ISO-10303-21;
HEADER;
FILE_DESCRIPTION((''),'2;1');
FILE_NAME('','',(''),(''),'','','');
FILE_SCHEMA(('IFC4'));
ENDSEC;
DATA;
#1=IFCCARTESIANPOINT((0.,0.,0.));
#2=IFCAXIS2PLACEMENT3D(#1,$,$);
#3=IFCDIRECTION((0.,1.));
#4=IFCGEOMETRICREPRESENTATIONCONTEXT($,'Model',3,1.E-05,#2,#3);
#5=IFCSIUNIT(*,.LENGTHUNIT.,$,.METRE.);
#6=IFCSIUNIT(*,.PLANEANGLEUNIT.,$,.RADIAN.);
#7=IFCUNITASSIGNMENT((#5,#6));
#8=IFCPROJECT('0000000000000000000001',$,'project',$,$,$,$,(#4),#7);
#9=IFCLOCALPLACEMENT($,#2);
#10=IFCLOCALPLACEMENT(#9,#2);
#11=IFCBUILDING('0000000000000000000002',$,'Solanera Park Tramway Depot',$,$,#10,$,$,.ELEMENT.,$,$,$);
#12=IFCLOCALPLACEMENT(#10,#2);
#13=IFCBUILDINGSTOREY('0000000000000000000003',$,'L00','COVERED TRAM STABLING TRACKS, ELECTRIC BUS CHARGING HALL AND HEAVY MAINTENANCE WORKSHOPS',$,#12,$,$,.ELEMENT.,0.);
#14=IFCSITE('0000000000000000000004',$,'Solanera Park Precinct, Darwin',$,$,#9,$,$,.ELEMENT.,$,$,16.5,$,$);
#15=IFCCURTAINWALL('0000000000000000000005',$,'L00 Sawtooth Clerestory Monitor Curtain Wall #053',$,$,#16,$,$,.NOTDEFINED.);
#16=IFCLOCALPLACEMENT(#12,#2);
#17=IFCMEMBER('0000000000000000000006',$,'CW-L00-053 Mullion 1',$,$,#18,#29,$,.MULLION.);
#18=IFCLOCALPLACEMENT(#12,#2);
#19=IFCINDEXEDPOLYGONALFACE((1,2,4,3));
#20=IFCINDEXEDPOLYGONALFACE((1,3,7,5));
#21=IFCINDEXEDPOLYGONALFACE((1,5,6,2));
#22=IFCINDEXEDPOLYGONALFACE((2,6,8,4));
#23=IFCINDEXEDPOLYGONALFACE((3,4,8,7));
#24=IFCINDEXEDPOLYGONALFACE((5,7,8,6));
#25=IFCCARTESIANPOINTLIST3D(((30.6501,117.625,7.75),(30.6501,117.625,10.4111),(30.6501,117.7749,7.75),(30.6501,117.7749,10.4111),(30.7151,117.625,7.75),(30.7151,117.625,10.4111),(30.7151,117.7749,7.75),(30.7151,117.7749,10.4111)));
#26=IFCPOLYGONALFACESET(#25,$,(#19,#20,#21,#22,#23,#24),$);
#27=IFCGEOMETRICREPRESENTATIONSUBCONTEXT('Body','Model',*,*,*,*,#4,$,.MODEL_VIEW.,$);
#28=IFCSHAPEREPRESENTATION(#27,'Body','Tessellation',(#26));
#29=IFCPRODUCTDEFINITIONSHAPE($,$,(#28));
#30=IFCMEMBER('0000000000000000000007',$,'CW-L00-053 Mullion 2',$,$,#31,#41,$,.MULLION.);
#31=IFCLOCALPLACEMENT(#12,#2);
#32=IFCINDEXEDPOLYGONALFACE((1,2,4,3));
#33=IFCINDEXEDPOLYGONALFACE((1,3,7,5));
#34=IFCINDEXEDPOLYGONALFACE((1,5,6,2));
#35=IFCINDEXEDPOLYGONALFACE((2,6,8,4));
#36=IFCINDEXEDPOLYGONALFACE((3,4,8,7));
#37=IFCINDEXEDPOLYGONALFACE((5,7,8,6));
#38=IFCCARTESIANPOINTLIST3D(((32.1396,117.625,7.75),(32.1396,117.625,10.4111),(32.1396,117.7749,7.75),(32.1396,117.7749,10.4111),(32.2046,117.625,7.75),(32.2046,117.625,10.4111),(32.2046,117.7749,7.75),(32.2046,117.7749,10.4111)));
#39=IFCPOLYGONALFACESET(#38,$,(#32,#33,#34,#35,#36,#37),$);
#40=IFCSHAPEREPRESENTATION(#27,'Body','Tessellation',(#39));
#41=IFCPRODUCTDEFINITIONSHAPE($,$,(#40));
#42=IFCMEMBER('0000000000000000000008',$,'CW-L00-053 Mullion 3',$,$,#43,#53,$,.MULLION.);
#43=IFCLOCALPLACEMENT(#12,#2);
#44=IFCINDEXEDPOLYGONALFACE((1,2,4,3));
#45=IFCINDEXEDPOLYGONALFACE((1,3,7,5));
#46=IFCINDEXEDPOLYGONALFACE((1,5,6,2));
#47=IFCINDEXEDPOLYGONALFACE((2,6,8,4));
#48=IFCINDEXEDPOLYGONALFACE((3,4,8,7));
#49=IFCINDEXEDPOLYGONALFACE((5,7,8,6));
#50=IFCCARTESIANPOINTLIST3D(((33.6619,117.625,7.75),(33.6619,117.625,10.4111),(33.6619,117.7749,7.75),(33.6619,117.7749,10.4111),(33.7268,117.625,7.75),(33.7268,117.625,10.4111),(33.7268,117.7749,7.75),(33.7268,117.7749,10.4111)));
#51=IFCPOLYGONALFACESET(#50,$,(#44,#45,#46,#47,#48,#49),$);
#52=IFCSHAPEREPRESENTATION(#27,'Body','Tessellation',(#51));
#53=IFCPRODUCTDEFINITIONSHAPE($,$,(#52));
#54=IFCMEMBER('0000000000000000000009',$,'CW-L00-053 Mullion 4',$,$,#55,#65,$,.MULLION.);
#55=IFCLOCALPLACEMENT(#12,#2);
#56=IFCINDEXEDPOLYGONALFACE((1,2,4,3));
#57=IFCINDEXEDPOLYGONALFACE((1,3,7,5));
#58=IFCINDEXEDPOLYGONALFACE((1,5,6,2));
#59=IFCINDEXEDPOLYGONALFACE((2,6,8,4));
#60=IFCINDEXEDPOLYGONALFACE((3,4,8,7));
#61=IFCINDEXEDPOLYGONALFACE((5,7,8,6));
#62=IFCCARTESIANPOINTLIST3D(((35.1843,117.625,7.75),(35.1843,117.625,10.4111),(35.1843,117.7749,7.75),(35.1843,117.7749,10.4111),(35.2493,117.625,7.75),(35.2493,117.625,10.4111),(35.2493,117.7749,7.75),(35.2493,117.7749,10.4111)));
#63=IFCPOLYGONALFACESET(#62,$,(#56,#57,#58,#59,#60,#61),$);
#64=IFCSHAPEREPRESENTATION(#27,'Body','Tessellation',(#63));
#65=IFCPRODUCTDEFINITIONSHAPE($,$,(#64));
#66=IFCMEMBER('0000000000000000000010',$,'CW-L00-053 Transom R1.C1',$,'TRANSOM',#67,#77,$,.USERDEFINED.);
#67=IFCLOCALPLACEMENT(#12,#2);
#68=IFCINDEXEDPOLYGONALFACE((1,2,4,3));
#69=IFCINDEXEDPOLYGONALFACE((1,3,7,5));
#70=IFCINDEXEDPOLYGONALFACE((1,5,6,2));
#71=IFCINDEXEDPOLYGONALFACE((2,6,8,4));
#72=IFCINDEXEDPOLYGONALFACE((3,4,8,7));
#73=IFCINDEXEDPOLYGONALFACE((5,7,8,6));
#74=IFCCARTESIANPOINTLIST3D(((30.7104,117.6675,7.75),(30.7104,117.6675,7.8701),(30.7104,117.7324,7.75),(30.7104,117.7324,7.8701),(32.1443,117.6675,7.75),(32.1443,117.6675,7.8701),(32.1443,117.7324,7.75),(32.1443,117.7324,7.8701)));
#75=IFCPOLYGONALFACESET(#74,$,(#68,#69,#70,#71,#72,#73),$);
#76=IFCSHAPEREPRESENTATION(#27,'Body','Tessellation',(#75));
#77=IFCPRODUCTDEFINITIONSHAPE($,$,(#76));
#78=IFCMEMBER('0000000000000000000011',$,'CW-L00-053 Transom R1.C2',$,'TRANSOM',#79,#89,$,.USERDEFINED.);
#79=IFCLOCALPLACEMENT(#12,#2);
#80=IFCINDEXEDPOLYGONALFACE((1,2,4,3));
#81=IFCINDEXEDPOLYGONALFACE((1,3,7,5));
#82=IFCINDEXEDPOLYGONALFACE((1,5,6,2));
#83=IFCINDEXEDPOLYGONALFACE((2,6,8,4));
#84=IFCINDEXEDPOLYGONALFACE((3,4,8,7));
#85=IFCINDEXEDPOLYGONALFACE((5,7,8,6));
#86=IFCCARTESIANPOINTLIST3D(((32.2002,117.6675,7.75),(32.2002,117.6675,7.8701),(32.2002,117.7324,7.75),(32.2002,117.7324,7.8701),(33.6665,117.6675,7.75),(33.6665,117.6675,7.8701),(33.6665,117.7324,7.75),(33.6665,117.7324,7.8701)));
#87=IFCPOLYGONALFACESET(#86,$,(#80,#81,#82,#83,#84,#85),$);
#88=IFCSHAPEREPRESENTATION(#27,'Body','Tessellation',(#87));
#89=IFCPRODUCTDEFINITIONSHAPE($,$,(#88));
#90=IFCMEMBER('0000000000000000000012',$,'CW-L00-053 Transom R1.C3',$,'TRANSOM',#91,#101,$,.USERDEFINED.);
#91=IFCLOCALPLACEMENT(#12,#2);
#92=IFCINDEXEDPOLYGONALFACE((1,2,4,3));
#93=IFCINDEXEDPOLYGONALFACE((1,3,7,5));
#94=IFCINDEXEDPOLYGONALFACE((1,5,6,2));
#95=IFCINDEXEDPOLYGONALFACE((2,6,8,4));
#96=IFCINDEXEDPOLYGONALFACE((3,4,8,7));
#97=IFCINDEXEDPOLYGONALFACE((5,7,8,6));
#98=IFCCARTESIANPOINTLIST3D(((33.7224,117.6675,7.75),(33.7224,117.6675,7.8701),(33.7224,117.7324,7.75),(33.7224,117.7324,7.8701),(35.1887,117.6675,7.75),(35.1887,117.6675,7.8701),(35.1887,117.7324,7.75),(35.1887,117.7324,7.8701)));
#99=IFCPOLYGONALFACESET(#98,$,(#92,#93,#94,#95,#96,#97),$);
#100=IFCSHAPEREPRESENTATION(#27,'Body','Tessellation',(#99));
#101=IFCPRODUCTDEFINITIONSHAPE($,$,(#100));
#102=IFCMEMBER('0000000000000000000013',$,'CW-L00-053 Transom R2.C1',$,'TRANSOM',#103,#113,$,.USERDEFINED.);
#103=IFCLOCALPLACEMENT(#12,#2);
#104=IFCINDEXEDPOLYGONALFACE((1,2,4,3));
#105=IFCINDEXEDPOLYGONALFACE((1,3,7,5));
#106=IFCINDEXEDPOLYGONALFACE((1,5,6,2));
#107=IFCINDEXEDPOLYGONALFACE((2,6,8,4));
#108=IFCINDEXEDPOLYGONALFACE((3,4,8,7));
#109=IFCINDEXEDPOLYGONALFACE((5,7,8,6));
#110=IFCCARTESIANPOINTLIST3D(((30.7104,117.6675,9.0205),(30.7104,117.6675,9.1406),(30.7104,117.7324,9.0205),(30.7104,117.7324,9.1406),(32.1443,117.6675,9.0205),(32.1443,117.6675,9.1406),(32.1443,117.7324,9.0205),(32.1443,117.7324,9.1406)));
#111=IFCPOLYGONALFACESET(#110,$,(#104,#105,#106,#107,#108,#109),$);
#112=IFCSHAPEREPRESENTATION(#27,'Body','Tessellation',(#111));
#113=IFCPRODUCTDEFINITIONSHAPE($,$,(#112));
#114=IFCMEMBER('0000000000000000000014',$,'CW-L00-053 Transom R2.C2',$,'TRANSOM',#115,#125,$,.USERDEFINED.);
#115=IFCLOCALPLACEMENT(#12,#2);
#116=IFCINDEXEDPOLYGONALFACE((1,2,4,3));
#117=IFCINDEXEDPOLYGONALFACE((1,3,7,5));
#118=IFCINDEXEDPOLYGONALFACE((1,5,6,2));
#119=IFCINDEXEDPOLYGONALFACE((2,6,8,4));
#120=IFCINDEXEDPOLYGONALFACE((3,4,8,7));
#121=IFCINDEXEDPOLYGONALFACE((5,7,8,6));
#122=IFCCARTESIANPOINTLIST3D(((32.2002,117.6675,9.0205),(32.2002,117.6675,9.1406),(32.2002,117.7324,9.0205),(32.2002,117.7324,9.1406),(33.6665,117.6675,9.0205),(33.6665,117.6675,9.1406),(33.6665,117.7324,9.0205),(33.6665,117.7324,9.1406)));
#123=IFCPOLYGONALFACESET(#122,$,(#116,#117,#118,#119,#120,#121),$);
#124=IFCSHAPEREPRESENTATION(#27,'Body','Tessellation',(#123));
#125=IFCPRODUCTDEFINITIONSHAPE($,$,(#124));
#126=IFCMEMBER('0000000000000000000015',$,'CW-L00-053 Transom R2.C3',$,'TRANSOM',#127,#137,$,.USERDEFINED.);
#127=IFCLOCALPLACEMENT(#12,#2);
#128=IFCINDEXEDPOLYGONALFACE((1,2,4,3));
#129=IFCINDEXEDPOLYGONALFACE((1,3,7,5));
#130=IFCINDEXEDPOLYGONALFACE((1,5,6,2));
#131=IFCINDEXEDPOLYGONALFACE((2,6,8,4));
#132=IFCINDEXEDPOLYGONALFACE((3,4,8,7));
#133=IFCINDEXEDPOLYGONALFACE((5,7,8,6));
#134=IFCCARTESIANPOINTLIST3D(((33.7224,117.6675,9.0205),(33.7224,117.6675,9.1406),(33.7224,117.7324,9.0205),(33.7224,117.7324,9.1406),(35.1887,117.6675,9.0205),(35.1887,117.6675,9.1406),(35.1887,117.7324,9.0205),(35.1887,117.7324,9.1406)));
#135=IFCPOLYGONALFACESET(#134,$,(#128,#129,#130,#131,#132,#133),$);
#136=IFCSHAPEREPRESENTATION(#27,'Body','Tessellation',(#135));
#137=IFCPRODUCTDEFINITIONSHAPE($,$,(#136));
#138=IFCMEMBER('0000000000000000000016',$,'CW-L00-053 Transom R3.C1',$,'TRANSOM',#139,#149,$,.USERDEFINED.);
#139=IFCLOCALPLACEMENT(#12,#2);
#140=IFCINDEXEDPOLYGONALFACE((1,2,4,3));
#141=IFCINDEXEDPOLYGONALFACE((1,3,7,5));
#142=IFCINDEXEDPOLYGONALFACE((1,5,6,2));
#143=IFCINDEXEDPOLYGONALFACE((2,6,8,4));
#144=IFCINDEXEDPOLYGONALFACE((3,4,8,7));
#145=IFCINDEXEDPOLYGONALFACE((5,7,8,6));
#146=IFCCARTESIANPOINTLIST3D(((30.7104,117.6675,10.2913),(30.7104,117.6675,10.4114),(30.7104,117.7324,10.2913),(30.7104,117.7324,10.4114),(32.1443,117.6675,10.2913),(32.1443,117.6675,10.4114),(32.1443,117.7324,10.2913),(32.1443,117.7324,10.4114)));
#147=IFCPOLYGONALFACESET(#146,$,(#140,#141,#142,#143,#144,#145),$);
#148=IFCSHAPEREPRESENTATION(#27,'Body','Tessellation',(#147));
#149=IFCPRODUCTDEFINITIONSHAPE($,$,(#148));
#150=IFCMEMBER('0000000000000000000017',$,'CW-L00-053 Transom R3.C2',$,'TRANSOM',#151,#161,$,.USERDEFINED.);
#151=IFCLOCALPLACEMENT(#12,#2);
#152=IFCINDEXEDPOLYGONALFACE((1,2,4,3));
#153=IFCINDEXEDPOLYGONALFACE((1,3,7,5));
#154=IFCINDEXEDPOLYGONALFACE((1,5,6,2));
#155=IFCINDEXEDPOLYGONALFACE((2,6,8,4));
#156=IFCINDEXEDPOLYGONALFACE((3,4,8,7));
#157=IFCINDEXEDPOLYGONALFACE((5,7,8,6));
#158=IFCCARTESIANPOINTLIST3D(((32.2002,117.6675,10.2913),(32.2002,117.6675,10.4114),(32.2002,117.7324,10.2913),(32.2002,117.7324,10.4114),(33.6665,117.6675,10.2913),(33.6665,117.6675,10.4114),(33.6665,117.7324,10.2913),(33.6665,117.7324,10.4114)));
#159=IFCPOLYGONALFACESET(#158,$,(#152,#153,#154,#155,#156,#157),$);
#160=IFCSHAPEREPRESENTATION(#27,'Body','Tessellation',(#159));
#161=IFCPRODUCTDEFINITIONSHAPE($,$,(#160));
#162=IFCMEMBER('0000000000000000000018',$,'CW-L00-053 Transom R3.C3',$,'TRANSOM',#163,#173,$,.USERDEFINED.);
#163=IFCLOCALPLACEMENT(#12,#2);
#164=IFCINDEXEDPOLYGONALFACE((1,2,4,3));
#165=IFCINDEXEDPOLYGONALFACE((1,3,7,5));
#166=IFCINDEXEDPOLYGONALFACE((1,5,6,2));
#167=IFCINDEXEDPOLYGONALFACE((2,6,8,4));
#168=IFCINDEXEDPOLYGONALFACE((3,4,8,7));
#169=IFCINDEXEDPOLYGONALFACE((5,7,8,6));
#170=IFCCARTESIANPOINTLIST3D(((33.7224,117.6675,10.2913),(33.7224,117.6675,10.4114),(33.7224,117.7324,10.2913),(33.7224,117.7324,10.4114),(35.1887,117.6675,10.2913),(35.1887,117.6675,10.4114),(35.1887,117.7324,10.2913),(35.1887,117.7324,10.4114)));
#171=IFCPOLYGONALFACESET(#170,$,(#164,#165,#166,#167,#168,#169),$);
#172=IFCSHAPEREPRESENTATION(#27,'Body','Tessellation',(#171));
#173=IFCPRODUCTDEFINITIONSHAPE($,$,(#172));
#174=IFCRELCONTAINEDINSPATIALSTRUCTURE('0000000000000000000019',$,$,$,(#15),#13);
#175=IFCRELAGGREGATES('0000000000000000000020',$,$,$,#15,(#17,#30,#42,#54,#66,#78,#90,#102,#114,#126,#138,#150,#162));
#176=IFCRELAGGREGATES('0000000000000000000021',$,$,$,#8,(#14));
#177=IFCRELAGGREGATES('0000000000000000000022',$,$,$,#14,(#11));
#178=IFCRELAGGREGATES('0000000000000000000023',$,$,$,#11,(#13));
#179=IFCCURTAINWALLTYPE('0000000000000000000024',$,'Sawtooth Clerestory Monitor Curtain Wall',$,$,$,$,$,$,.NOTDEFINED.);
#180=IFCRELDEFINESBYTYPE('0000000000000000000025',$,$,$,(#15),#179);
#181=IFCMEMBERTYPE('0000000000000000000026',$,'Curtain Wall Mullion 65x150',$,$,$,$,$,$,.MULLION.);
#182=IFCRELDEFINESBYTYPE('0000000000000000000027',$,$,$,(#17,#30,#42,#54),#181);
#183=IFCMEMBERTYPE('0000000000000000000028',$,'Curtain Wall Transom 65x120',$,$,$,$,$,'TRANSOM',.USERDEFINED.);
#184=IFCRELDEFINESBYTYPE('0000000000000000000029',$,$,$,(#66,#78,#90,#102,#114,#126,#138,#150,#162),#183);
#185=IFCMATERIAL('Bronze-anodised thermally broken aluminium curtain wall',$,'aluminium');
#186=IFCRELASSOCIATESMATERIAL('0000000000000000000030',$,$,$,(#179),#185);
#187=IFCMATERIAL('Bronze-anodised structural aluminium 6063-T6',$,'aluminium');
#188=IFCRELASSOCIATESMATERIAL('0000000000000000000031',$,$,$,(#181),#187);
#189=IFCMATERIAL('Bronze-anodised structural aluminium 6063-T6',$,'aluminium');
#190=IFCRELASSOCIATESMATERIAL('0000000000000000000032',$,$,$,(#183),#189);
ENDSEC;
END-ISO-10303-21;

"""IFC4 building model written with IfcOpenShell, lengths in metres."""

from ifc_helpers import new_model, si_unit, direction, frame, origin, origin_2d, place, context, subcontext, project, spatial, rectangle, extrude, material, material_profile, profile_set, type_object, element, aggregate, save


model = new_model("IFC4")

# Units and contexts
model_context = context("Model", 3, precision=1e-05, world=origin(), true_north=direction((0.0, 1.0)))
body_context = subcontext(model_context, "Body", "Model", "MODEL_VIEW")
ifc_project = project(units=[si_unit("LENGTHUNIT", "METRE"), si_unit("PLANEANGLEUNIT", "RADIAN")], contexts=[model_context])

# Site, building, storey
site_placement = place(None, origin())
site = spatial("IfcSite", under=ifc_project, at=site_placement, Name="Solanera Park Precinct, Darwin", CompositionType="ELEMENT", RefElevation=16.5)
building_placement = place(site_placement, origin())
building = spatial("IfcBuilding", under=site, at=building_placement, Name="Solanera Park Tramway Depot", CompositionType="ELEMENT")
storey_placement = place(building_placement, origin())
storey = spatial("IfcBuildingStorey", under=building, at=storey_placement, Name="L00", Description="COVERED TRAM STABLING TRACKS, ELECTRIC BUS CHARGING HALL AND HEAVY MAINTENANCE WORKSHOPS", CompositionType="ELEMENT", Elevation=0.0)

# Curtain wall, members
ifc_material_1 = material(Name="Bronze-anodised thermally broken aluminium curtain wall", Category="aluminium")
curtain_wall_type = type_object("IfcCurtainWallType", Name="Sawtooth Clerestory Monitor Curtain Wall", PredefinedType="NOTDEFINED", material=ifc_material_1)
curtain_wall_placement = place(storey_placement, origin())
curtain_wall = element("IfcCurtainWall", 1, at=curtain_wall_placement, inside=storey, type_object=curtain_wall_type, Name="L00 Sawtooth Clerestory Monitor Curtain Wall #053", PredefinedType="NOTDEFINED")
ifc_material_2 = material(Name="Bronze-anodised structural aluminium 6063-T6", Category="aluminium")
ifc_material_profile_1 = material_profile(ifc_material_2, rectangle(XDim=0.0649, YDim=0.1499, at=origin_2d()), Name="Curtain Wall Mullion 65x150")
ifc_profile_set_1 = profile_set([ifc_material_profile_1], Name="Bronze-anodised structural aluminium 6063-T6")
member_type_1 = type_object("IfcMemberType", Name="Curtain Wall Mullion 65x150", PredefinedType="MULLION", material=ifc_profile_set_1)
member_1_placement = place(storey_placement, frame((30.6826, 117.7, 7.75), z_axis=(0.0, 0.0, 1.0), x_axis=(1.0, 0.0, 0.0)))
member_1 = element("IfcMember", 2, at=member_1_placement, type_object=member_type_1, Name="CW-L00-053 Mullion 1", PredefinedType="MULLION", context=body_context, shape_type="SweptSolid", body=[
    extrude(rectangle(XDim=0.0649, YDim=0.1499, at=origin_2d()), origin(), (0.0, 0.0, 1.0), 2.6611),
])
member_2_placement = place(storey_placement, frame((32.1721, 117.7, 7.75), z_axis=(0.0, 0.0, 1.0), x_axis=(1.0, 0.0, 0.0)))
member_2 = element("IfcMember", 3, at=member_2_placement, type_object=member_type_1, Name="CW-L00-053 Mullion 2", PredefinedType="MULLION", context=body_context, shape_type="SweptSolid", body=[
    extrude(rectangle(XDim=0.0649, YDim=0.1499, at=origin_2d()), origin(), (0.0, 0.0, 1.0), 2.6611),
])
member_3_placement = place(storey_placement, frame((33.6943, 117.7, 7.75), z_axis=(0.0, 0.0, 1.0), x_axis=(1.0, 0.0, 0.0)))
member_3 = element("IfcMember", 4, at=member_3_placement, type_object=member_type_1, Name="CW-L00-053 Mullion 3", PredefinedType="MULLION", context=body_context, shape_type="SweptSolid", body=[
    extrude(rectangle(XDim=0.0649, YDim=0.1499, at=origin_2d()), origin(), (0.0, 0.0, 1.0), 2.6611),
])
member_4_placement = place(storey_placement, frame((35.2168, 117.7, 7.75), z_axis=(0.0, 0.0, 1.0), x_axis=(1.0, 0.0, 0.0)))
member_4 = element("IfcMember", 5, at=member_4_placement, type_object=member_type_1, Name="CW-L00-053 Mullion 4", PredefinedType="MULLION", context=body_context, shape_type="SweptSolid", body=[
    extrude(rectangle(XDim=0.0649, YDim=0.1499, at=origin_2d()), origin(), (0.0, 0.0, 1.0), 2.6611),
])
ifc_material_3 = material(Name="Bronze-anodised structural aluminium 6063-T6", Category="aluminium")
ifc_material_profile_2 = material_profile(ifc_material_3, rectangle(XDim=0.0649, YDim=0.1201, at=origin_2d()), Name="Curtain Wall Transom 65x120")
ifc_profile_set_2 = profile_set([ifc_material_profile_2], Name="Bronze-anodised structural aluminium 6063-T6")
member_type_2 = type_object("IfcMemberType", Name="Curtain Wall Transom 65x120", ElementType="TRANSOM", PredefinedType="USERDEFINED", material=ifc_profile_set_2)
member_5_placement = place(storey_placement, frame((30.7104, 117.7, 7.8101), z_axis=(1.0, 0.0, 0.0), x_axis=(0.0, 1.0, 0.0)))
member_5 = element("IfcMember", 6, at=member_5_placement, type_object=member_type_2, Name="CW-L00-053 Transom R1.C1", ObjectType="TRANSOM", PredefinedType="USERDEFINED", context=body_context, shape_type="SweptSolid", body=[
    extrude(rectangle(XDim=0.0649, YDim=0.1201, at=origin_2d()), origin(), (0.0, 0.0, 1.0), 1.4338),
])
member_6_placement = place(storey_placement, frame((32.2002, 117.7, 7.8101), z_axis=(1.0, 0.0, 0.0), x_axis=(0.0, 1.0, 0.0)))
member_6 = element("IfcMember", 7, at=member_6_placement, type_object=member_type_2, Name="CW-L00-053 Transom R1.C2", ObjectType="TRANSOM", PredefinedType="USERDEFINED", context=body_context, shape_type="SweptSolid", body=[
    extrude(rectangle(XDim=0.0649, YDim=0.1201, at=origin_2d()), origin(), (0.0, 0.0, 1.0), 1.4663),
])
member_7_placement = place(storey_placement, frame((33.7224, 117.7, 7.8101), z_axis=(1.0, 0.0, 0.0), x_axis=(0.0, 1.0, 0.0)))
member_7 = element("IfcMember", 8, at=member_7_placement, type_object=member_type_2, Name="CW-L00-053 Transom R1.C3", ObjectType="TRANSOM", PredefinedType="USERDEFINED", context=body_context, shape_type="SweptSolid", body=[
    extrude(rectangle(XDim=0.0649, YDim=0.1201, at=origin_2d()), origin(), (0.0, 0.0, 1.0), 1.4663),
])
member_8_placement = place(storey_placement, frame((30.7104, 117.7, 9.0806), z_axis=(1.0, 0.0, 0.0), x_axis=(0.0, 1.0, 0.0)))
member_8 = element("IfcMember", 9, at=member_8_placement, type_object=member_type_2, Name="CW-L00-053 Transom R2.C1", ObjectType="TRANSOM", PredefinedType="USERDEFINED", context=body_context, shape_type="SweptSolid", body=[
    extrude(rectangle(XDim=0.0649, YDim=0.1201, at=origin_2d()), origin(), (0.0, 0.0, 1.0), 1.4338),
])
member_9_placement = place(storey_placement, frame((32.2002, 117.7, 9.0806), z_axis=(1.0, 0.0, 0.0), x_axis=(0.0, 1.0, 0.0)))
member_9 = element("IfcMember", 10, at=member_9_placement, type_object=member_type_2, Name="CW-L00-053 Transom R2.C2", ObjectType="TRANSOM", PredefinedType="USERDEFINED", context=body_context, shape_type="SweptSolid", body=[
    extrude(rectangle(XDim=0.0649, YDim=0.1201, at=origin_2d()), origin(), (0.0, 0.0, 1.0), 1.4663),
])
member_10_placement = place(storey_placement, frame((33.7224, 117.7, 9.0806), z_axis=(1.0, 0.0, 0.0), x_axis=(0.0, 1.0, 0.0)))
member_10 = element("IfcMember", 11, at=member_10_placement, type_object=member_type_2, Name="CW-L00-053 Transom R2.C3", ObjectType="TRANSOM", PredefinedType="USERDEFINED", context=body_context, shape_type="SweptSolid", body=[
    extrude(rectangle(XDim=0.0649, YDim=0.1201, at=origin_2d()), origin(), (0.0, 0.0, 1.0), 1.4663),
])
member_11_placement = place(storey_placement, frame((30.7104, 117.7, 10.3513), z_axis=(1.0, 0.0, 0.0), x_axis=(0.0, 1.0, 0.0)))
member_11 = element("IfcMember", 12, at=member_11_placement, type_object=member_type_2, Name="CW-L00-053 Transom R3.C1", ObjectType="TRANSOM", PredefinedType="USERDEFINED", context=body_context, shape_type="SweptSolid", body=[
    extrude(rectangle(XDim=0.0649, YDim=0.1201, at=origin_2d()), origin(), (0.0, 0.0, 1.0), 1.4338),
])
member_12_placement = place(storey_placement, frame((32.2002, 117.7, 10.3513), z_axis=(1.0, 0.0, 0.0), x_axis=(0.0, 1.0, 0.0)))
member_12 = element("IfcMember", 13, at=member_12_placement, type_object=member_type_2, Name="CW-L00-053 Transom R3.C2", ObjectType="TRANSOM", PredefinedType="USERDEFINED", context=body_context, shape_type="SweptSolid", body=[
    extrude(rectangle(XDim=0.0649, YDim=0.1201, at=origin_2d()), origin(), (0.0, 0.0, 1.0), 1.4663),
])
member_13_placement = place(storey_placement, frame((33.7224, 117.7, 10.3513), z_axis=(1.0, 0.0, 0.0), x_axis=(0.0, 1.0, 0.0)))
member_13 = element("IfcMember", 14, at=member_13_placement, type_object=member_type_2, Name="CW-L00-053 Transom R3.C3", ObjectType="TRANSOM", PredefinedType="USERDEFINED", context=body_context, shape_type="SweptSolid", body=[
    extrude(rectangle(XDim=0.0649, YDim=0.1201, at=origin_2d()), origin(), (0.0, 0.0, 1.0), 1.4663),
])

aggregate(curtain_wall, [member_1, member_2, member_3, member_4, member_5, member_6, member_7, member_8, member_9, member_10, member_11, member_12, member_13])

save(model, "model.ifc")
